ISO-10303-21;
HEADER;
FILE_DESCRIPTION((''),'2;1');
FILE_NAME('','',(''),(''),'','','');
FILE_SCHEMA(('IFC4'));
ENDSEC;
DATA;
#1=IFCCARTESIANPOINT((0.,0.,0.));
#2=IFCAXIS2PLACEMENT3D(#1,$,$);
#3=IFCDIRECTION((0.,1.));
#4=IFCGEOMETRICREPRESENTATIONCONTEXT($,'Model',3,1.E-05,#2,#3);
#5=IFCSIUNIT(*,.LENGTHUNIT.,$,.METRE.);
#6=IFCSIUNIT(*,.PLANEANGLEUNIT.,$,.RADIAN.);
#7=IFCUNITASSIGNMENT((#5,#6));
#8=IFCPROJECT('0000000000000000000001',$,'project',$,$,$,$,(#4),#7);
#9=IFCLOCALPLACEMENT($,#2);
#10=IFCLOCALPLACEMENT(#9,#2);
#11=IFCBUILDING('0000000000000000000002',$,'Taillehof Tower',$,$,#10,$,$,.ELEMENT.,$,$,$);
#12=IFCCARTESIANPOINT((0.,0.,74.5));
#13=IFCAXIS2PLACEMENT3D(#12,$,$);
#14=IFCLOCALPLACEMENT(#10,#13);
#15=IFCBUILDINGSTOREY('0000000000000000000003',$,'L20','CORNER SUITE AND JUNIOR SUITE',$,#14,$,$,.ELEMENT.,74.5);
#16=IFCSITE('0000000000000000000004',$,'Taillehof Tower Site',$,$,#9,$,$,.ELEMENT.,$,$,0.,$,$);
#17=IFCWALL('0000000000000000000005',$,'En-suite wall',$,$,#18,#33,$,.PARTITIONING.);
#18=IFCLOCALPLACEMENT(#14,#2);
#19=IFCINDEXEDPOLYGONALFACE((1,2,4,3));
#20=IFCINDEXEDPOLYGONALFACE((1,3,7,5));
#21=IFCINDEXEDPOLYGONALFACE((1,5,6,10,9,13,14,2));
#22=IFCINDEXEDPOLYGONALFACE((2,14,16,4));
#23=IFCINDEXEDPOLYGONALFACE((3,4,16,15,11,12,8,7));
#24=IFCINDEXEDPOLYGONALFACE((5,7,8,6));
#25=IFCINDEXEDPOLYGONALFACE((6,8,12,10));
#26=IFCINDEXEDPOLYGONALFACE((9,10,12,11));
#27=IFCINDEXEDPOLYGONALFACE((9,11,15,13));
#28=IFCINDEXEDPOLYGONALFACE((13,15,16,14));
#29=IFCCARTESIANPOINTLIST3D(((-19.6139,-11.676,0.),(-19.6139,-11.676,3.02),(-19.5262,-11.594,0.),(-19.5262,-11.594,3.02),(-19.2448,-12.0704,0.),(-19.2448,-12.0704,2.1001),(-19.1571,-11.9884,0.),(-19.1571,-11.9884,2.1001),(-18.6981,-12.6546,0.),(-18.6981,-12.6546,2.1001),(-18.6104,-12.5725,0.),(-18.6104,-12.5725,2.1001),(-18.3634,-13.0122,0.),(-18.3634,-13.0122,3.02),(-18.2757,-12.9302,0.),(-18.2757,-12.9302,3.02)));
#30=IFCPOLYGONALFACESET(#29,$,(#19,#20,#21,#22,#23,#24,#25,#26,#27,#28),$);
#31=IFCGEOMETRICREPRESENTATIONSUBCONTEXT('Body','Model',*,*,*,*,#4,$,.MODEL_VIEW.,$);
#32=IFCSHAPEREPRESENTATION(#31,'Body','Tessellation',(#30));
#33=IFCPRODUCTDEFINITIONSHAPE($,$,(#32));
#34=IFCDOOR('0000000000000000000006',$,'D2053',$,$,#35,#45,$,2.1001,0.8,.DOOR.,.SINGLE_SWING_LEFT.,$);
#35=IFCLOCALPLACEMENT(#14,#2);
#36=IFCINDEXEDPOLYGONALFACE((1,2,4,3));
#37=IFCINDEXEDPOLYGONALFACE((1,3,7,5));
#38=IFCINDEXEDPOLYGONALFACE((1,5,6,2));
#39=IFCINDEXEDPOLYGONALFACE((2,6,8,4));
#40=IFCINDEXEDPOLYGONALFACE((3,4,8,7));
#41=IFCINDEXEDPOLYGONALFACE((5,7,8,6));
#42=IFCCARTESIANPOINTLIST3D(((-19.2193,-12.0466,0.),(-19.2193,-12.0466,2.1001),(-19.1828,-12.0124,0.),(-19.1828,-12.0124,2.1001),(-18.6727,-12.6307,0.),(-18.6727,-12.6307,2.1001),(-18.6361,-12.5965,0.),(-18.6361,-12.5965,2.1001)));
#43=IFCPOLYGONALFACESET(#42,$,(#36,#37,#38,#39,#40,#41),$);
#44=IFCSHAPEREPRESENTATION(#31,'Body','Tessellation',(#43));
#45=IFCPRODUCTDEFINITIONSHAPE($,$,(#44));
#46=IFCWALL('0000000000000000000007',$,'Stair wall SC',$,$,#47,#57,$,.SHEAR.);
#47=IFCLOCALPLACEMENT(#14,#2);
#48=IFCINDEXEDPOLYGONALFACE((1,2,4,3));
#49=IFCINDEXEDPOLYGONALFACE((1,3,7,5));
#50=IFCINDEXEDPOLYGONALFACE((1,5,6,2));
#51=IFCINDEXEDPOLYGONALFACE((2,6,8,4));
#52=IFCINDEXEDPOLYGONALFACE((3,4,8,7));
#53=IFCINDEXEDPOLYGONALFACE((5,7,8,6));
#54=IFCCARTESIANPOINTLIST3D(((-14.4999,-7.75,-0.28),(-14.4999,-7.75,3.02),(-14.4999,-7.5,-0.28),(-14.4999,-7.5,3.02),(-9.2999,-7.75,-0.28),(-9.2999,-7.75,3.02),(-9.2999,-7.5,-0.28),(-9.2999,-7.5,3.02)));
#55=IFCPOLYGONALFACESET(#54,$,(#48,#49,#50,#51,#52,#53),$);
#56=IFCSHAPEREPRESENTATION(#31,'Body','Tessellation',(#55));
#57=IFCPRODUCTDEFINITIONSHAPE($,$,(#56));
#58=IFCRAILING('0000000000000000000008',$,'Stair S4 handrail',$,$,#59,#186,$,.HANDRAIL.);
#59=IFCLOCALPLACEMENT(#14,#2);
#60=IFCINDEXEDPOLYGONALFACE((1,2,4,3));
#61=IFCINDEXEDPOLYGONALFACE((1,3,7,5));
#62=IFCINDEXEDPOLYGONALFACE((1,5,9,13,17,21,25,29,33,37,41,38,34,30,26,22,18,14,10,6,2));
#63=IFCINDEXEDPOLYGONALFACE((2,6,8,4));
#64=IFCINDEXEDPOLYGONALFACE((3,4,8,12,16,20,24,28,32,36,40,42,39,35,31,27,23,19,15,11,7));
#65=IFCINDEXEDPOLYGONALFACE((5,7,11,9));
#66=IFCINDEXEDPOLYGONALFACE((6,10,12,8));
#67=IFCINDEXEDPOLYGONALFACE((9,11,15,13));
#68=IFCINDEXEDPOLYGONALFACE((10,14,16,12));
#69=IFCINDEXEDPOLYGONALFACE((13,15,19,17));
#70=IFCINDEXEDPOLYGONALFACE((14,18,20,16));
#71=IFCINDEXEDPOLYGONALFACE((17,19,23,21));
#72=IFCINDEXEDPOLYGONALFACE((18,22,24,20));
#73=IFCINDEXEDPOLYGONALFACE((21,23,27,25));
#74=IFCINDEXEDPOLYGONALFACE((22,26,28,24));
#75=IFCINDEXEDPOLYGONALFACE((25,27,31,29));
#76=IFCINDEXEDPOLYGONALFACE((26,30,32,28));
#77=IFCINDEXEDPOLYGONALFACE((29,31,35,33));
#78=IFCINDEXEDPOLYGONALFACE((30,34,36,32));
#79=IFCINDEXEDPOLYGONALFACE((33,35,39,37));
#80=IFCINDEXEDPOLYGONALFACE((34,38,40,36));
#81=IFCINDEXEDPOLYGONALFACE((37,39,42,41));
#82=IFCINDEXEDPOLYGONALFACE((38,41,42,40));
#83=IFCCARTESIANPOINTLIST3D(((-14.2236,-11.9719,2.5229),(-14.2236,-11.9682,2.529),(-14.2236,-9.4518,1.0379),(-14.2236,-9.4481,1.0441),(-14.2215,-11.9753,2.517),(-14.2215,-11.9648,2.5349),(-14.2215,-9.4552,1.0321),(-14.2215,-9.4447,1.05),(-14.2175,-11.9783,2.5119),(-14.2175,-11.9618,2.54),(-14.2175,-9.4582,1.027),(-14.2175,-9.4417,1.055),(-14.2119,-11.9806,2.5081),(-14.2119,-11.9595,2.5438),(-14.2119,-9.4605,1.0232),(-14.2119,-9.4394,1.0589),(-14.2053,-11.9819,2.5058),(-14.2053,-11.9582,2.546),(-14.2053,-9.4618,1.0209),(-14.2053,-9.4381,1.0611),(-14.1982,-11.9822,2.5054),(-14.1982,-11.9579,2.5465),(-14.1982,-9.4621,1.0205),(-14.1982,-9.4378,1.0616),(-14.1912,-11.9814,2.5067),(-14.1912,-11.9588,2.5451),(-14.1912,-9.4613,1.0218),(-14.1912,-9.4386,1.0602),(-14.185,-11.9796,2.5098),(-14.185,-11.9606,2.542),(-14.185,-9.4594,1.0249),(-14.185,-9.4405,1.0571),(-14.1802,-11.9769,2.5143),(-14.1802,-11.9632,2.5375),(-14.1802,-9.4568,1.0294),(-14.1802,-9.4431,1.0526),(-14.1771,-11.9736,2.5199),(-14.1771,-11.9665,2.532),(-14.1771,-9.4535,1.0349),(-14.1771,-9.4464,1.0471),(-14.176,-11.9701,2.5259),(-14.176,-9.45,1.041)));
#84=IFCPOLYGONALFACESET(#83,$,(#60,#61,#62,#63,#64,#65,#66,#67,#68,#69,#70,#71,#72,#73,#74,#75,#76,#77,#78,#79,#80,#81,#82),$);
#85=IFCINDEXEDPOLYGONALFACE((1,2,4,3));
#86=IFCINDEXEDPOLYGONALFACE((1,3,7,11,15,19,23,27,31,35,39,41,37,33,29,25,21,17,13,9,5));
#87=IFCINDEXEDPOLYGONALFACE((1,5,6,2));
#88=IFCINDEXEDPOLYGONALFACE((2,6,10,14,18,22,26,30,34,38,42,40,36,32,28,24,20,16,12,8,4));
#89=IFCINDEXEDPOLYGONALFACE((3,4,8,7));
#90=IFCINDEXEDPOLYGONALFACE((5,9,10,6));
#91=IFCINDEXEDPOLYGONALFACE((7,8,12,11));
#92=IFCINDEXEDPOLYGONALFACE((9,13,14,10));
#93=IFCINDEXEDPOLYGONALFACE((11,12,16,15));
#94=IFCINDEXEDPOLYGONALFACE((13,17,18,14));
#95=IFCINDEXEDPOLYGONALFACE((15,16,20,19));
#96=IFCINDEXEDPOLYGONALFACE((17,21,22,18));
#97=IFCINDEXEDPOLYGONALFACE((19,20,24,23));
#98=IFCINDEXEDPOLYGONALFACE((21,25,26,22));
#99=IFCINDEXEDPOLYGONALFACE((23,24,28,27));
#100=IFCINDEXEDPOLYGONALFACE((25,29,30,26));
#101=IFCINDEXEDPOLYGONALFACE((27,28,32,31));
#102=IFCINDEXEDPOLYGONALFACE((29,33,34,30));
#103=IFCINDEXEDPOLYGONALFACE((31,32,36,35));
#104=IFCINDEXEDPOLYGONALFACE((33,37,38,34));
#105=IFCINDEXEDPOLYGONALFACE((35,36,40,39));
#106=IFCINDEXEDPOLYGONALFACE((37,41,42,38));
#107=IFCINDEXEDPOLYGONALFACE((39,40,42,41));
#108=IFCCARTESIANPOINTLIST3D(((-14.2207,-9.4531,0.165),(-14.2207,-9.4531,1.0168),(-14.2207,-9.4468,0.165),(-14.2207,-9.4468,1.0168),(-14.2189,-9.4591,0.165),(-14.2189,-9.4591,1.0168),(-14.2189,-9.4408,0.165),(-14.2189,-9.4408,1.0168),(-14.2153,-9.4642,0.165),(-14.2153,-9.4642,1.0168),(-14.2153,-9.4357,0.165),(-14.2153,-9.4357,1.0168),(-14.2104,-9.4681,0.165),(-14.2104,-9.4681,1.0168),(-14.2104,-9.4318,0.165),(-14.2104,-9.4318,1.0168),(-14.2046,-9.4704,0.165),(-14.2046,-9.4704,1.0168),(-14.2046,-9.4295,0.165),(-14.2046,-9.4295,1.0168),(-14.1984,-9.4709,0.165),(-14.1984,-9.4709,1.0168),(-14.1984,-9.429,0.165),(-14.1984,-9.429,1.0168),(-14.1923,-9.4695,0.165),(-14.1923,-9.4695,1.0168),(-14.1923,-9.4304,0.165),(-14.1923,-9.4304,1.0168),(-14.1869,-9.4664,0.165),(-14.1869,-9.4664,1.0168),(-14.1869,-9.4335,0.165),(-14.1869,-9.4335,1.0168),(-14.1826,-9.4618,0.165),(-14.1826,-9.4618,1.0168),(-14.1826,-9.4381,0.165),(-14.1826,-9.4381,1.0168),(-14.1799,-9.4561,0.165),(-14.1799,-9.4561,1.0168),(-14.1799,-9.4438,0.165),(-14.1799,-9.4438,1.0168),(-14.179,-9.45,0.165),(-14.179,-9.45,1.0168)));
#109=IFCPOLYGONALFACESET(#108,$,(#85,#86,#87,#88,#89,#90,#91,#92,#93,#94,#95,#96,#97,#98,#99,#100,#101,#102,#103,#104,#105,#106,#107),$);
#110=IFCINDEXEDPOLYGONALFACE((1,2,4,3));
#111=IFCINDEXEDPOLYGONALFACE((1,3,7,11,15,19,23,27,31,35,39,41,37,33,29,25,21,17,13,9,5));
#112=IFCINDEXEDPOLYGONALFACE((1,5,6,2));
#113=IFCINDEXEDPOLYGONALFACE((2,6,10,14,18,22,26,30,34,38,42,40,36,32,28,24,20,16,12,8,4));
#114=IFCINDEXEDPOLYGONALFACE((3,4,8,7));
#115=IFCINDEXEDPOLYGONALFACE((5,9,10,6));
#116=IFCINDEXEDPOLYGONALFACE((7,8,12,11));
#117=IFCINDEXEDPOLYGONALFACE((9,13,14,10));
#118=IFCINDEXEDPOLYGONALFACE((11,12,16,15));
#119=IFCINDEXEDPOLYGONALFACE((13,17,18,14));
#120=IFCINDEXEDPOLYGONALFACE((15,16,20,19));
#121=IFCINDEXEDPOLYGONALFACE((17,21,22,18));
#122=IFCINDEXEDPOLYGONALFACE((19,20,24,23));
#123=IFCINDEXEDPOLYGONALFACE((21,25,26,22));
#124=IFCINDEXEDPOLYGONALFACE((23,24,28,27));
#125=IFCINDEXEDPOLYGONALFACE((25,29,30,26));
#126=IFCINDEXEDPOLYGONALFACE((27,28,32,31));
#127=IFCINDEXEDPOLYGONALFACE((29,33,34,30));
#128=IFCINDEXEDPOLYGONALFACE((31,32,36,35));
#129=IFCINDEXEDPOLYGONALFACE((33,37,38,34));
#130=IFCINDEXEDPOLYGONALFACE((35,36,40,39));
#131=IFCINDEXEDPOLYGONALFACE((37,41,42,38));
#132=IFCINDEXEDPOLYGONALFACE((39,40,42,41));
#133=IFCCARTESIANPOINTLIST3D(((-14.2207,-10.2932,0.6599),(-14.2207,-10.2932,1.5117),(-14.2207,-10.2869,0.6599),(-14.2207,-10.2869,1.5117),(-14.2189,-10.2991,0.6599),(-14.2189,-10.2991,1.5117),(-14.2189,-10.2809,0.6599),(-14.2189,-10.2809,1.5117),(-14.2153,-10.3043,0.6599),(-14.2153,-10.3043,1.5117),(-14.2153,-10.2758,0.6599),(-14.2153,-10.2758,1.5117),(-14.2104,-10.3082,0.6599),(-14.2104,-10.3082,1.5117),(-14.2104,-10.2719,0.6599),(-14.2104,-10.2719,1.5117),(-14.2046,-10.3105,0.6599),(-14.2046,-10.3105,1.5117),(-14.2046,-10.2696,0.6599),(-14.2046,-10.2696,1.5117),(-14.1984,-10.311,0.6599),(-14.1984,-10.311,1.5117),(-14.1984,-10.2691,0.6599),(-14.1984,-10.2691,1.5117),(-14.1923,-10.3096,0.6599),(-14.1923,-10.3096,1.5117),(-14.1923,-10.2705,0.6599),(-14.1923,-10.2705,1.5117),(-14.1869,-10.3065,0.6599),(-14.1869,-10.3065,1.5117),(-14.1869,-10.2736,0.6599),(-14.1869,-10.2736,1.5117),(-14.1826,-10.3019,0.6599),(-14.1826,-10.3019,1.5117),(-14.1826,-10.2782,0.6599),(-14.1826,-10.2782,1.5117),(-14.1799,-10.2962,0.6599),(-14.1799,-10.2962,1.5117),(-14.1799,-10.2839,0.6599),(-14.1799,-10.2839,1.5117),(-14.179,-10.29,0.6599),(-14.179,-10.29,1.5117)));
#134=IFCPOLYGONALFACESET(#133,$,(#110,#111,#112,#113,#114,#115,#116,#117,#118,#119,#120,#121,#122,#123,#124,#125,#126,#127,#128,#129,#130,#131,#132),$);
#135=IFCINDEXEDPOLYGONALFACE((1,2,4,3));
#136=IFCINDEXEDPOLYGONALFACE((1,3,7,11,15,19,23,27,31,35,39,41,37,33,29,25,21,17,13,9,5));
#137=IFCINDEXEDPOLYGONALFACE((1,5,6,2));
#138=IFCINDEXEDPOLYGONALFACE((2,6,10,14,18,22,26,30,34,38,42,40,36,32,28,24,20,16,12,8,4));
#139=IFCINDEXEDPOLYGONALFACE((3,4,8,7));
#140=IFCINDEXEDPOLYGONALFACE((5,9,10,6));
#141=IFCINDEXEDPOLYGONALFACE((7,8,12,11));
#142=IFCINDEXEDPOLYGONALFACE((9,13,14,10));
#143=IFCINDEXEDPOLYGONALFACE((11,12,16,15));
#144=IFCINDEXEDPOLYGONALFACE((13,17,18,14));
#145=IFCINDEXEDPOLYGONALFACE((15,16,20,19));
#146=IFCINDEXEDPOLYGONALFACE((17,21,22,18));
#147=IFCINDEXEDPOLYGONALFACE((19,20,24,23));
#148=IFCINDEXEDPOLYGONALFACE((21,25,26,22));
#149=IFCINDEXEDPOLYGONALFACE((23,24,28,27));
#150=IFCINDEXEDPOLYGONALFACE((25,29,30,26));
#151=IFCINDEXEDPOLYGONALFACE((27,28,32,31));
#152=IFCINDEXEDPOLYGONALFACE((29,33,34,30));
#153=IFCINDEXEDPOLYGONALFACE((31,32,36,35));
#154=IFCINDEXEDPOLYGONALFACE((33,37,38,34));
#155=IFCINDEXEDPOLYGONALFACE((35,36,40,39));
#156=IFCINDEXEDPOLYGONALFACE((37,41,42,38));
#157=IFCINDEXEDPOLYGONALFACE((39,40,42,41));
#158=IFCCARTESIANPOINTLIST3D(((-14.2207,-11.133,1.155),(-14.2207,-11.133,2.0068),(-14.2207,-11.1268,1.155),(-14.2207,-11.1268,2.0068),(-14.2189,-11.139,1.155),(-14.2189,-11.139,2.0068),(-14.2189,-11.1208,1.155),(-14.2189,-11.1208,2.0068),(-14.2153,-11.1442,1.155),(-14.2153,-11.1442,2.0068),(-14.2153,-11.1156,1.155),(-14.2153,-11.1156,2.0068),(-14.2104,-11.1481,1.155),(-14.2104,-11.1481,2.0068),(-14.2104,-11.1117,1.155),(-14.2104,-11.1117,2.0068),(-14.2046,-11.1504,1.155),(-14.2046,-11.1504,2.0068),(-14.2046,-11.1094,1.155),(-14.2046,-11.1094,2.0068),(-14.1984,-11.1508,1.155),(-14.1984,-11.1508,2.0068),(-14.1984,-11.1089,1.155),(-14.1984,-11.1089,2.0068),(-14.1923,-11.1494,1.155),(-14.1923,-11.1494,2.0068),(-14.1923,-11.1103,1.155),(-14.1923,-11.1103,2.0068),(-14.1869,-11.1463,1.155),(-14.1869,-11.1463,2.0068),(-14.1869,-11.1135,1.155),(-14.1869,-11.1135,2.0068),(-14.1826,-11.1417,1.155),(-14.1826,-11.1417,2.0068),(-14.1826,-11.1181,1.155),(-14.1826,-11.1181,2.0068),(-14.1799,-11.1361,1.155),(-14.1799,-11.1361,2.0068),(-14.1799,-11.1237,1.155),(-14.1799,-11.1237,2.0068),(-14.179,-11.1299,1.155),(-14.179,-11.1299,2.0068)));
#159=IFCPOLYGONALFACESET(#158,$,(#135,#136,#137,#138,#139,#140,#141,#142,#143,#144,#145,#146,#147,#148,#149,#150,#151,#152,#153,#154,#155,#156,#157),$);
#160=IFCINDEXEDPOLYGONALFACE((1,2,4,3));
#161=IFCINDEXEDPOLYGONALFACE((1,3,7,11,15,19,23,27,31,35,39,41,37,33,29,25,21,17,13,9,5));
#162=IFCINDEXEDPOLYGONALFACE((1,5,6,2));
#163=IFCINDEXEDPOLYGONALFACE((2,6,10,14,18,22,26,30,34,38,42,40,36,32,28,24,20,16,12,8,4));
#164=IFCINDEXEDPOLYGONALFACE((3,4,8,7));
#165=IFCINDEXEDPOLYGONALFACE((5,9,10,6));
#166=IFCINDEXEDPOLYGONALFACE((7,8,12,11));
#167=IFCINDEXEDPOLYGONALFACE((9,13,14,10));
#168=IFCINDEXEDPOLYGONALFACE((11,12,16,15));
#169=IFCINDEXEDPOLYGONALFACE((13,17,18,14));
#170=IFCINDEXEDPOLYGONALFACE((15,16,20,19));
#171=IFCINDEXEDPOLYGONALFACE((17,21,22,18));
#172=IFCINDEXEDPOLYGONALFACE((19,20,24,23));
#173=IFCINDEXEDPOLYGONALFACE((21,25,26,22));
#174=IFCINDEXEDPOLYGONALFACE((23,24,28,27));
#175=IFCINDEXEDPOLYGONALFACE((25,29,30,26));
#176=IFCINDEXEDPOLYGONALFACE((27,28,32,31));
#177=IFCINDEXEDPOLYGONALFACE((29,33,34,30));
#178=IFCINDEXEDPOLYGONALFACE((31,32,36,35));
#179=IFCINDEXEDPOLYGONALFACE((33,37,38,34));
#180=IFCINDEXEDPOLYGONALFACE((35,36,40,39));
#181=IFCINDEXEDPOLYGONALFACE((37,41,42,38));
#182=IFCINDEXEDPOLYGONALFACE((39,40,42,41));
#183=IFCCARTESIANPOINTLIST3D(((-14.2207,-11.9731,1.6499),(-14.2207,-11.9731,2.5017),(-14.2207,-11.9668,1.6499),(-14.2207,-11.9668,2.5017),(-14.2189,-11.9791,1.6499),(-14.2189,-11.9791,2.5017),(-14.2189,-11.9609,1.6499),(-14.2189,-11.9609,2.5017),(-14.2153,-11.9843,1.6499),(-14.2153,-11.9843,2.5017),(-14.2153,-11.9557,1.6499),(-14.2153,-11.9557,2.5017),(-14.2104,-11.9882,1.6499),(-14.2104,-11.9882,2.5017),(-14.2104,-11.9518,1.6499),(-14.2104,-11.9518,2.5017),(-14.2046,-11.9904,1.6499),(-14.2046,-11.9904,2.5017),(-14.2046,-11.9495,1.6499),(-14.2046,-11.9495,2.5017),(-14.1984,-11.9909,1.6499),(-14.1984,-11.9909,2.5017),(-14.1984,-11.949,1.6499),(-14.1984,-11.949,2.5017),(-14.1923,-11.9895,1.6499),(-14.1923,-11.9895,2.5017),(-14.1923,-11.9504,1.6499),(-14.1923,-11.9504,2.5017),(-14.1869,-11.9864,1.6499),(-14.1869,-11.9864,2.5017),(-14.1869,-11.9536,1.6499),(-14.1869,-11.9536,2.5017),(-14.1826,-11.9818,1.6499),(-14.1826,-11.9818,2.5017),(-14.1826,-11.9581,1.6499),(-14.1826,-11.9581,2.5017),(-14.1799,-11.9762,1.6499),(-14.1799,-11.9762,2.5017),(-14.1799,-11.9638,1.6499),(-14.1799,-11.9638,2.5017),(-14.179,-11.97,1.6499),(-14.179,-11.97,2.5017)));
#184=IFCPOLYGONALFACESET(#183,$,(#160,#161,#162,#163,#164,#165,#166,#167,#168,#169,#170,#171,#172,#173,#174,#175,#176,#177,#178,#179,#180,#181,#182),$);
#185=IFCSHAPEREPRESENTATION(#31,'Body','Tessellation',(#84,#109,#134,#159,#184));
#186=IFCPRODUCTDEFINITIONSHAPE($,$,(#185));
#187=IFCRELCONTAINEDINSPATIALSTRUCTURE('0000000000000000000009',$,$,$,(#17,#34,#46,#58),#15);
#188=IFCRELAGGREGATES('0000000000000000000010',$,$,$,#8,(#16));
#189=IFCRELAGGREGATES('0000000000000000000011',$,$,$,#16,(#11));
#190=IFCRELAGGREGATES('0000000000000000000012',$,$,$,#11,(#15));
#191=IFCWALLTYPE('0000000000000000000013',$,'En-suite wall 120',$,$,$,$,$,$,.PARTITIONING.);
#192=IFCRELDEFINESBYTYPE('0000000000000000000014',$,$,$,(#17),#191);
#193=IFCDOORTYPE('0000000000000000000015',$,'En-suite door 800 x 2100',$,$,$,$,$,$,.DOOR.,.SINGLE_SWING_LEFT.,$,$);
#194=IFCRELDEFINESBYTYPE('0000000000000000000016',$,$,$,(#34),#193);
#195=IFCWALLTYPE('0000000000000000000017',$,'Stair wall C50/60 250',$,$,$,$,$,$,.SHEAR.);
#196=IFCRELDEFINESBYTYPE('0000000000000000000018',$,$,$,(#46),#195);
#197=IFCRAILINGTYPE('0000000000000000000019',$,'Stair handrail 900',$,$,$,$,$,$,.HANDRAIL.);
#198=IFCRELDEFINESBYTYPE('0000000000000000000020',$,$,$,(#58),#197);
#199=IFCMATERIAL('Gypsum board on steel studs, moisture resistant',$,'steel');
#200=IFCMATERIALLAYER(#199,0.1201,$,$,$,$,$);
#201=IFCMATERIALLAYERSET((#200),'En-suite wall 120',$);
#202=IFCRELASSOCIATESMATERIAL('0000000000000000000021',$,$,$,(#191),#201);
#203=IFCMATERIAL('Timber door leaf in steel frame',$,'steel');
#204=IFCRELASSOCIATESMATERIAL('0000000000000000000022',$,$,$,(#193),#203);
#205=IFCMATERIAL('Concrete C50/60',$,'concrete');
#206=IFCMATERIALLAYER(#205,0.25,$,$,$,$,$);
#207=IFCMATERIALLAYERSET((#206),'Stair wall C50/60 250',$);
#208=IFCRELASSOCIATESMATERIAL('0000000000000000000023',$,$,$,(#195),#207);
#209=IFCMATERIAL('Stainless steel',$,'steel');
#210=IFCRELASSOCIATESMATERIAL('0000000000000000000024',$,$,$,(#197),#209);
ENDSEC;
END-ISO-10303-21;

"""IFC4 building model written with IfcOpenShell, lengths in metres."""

from ifc_helpers import new_model, si_unit, direction, frame, frame_2d, origin, origin_2d, place, context, subcontext, project, spatial, rectangle, circle, extrude, material, layer, layer_set, type_object, element, fill, save


model = new_model("IFC4")

# Units and contexts
model_context = context("Model", 3, precision=1e-05, world=origin(), true_north=direction((0.0, 1.0)))
body_context = subcontext(model_context, "Body", "Model", "MODEL_VIEW")
ifc_project = project(units=[si_unit("LENGTHUNIT", "METRE"), si_unit("PLANEANGLEUNIT", "RADIAN")], contexts=[model_context])

# Site, building, storey
site_placement = place(None, origin())
site = spatial("IfcSite", under=ifc_project, at=site_placement, Name="Taillehof Tower Site", CompositionType="ELEMENT", RefElevation=0.0)
building_placement = place(site_placement, origin())
building = spatial("IfcBuilding", under=site, at=building_placement, Name="Taillehof Tower", CompositionType="ELEMENT")
storey_placement = place(building_placement, frame((0.0, 0.0, 74.5)))
storey = spatial("IfcBuildingStorey", under=building, at=storey_placement, Name="L20", Description="CORNER SUITE AND JUNIOR SUITE", CompositionType="ELEMENT", Elevation=74.5)

# Shared definitions
ifc_material_1 = material(Name="Gypsum board on steel studs, moisture resistant", Category="steel")
ifc_layer_1 = layer(ifc_material_1, 0.1201)
ifc_layer_set_1 = layer_set([ifc_layer_1], Name="En-suite wall 120")
wall_type_1 = type_object("IfcWallType", Name="En-suite wall 120", PredefinedType="PARTITIONING", material=ifc_layer_set_1)

# Wall, opening, door
ifc_material_2 = material(Name="Timber door leaf in steel frame", Category="steel")
door_type_1 = type_object("IfcDoorType", Name="En-suite door 800 x 2100", OperationType="SINGLE_SWING_LEFT", PredefinedType="DOOR", material=ifc_material_2)
wall_1_placement = place(storey_placement, frame((-19.5701, -11.635, 0.0), z_axis=(0.0, 0.0, 1.0), x_axis=(0.683306, -0.730132, 0.0)))
wall_1 = element("IfcWall", 1, at=wall_1_placement, inside=storey, type_object=wall_type_1, Name="En-suite wall", PredefinedType="PARTITIONING", context=body_context, shape_type="SweptSolid", body=[
    extrude(rectangle(XDim=1.8301, YDim=0.1201, at=frame_2d((0.915, 0.0))), origin(), (0.0, 0.0, 1.0), 3.02),
])
opening_1_placement = place(wall_1_placement, frame((0.5403, 0.0, 0.0)))
opening_1 = element("IfcOpeningElement", 2, at=opening_1_placement, cuts=wall_1, PredefinedType="OPENING", context=body_context, shape_type="SweptSolid", body=[
    extrude(rectangle(XDim=0.8, YDim=2.1001, at=frame_2d((0.3999, 1.05))), frame((0.0, 0.0701, 0.0), z_axis=(0.0, -1.0, 0.0), x_axis=(1.0, 0.0, 0.0)), (0.0, 0.0, 1.0), 0.1401),
])
door_1_placement = place(opening_1_placement, origin())
door_1 = element("IfcDoor", 3, at=door_1_placement, inside=storey, type_object=door_type_1, Name="D2053", OperationType="SINGLE_SWING_LEFT", OverallHeight=2.1001, OverallWidth=0.8, PredefinedType="DOOR", context=body_context, shape_type="SweptSolid", body=[
    extrude(rectangle(XDim=0.8, YDim=2.1001, at=frame_2d((0.3999, 1.05))), frame((0.0, 0.0249, 0.0), z_axis=(0.0, -1.0, 0.0), x_axis=(1.0, 0.0, 0.0)), (0.0, 0.0, 1.0), 0.05),
])
fill(opening_1, door_1)

# Wall
ifc_material_3 = material(Name="Concrete C50/60", Category="concrete")
ifc_layer_2 = layer(ifc_material_3, 0.25)
ifc_layer_set_2 = layer_set([ifc_layer_2], Name="Stair wall C50/60 250")
wall_type_2 = type_object("IfcWallType", Name="Stair wall C50/60 250", PredefinedType="SHEAR", material=ifc_layer_set_2)
wall_2_placement = place(storey_placement, frame((-14.5, -7.625, -0.28), z_axis=(0.0, 0.0, 1.0), x_axis=(1.0, 0.0, 0.0)))
element("IfcWall", 4, at=wall_2_placement, inside=storey, type_object=wall_type_2, Name="Stair wall SC", PredefinedType="SHEAR", context=body_context, shape_type="SweptSolid", body=[
    extrude(rectangle(XDim=5.2, YDim=0.25, at=frame_2d((2.6001, 0.0))), origin(), (0.0, 0.0, 1.0), 3.3),
])

# Railing
ifc_material_4 = material(Name="Stainless steel", Category="steel")
railing_type = type_object("IfcRailingType", Name="Stair handrail 900", PredefinedType="HANDRAIL", material=ifc_material_4)
railing_placement = place(storey_placement, frame((-14.2, -9.45, 0.165)))
element("IfcRailing", 5, at=railing_placement, inside=storey, type_object=railing_type, Name="Stair S4 handrail", PredefinedType="HANDRAIL", context=body_context, shape_type="SweptSolid", body=[
    extrude(circle(Radius=0.0239, at=origin_2d()), frame((0.0, 0.0, 0.876), z_axis=(0.0, -0.861561, 0.507655), x_axis=(1.0, 0.0, 0.0)), (0.0, 0.0, 1.0), 2.925),
    extrude(circle(Radius=0.021, at=origin_2d()), origin(), (0.0, 0.0, 1.0), 0.8518),
    extrude(circle(Radius=0.021, at=origin_2d()), frame((0.0, -0.8401, 0.4949)), (0.0, 0.0, 1.0), 0.8518),
    extrude(circle(Radius=0.021, at=origin_2d()), frame((0.0, -1.6799, 0.99)), (0.0, 0.0, 1.0), 0.8518),
    extrude(circle(Radius=0.021, at=origin_2d()), frame((0.0, -2.52, 1.4849)), (0.0, 0.0, 1.0), 0.8518),
])

save(model, "model.ifc")
